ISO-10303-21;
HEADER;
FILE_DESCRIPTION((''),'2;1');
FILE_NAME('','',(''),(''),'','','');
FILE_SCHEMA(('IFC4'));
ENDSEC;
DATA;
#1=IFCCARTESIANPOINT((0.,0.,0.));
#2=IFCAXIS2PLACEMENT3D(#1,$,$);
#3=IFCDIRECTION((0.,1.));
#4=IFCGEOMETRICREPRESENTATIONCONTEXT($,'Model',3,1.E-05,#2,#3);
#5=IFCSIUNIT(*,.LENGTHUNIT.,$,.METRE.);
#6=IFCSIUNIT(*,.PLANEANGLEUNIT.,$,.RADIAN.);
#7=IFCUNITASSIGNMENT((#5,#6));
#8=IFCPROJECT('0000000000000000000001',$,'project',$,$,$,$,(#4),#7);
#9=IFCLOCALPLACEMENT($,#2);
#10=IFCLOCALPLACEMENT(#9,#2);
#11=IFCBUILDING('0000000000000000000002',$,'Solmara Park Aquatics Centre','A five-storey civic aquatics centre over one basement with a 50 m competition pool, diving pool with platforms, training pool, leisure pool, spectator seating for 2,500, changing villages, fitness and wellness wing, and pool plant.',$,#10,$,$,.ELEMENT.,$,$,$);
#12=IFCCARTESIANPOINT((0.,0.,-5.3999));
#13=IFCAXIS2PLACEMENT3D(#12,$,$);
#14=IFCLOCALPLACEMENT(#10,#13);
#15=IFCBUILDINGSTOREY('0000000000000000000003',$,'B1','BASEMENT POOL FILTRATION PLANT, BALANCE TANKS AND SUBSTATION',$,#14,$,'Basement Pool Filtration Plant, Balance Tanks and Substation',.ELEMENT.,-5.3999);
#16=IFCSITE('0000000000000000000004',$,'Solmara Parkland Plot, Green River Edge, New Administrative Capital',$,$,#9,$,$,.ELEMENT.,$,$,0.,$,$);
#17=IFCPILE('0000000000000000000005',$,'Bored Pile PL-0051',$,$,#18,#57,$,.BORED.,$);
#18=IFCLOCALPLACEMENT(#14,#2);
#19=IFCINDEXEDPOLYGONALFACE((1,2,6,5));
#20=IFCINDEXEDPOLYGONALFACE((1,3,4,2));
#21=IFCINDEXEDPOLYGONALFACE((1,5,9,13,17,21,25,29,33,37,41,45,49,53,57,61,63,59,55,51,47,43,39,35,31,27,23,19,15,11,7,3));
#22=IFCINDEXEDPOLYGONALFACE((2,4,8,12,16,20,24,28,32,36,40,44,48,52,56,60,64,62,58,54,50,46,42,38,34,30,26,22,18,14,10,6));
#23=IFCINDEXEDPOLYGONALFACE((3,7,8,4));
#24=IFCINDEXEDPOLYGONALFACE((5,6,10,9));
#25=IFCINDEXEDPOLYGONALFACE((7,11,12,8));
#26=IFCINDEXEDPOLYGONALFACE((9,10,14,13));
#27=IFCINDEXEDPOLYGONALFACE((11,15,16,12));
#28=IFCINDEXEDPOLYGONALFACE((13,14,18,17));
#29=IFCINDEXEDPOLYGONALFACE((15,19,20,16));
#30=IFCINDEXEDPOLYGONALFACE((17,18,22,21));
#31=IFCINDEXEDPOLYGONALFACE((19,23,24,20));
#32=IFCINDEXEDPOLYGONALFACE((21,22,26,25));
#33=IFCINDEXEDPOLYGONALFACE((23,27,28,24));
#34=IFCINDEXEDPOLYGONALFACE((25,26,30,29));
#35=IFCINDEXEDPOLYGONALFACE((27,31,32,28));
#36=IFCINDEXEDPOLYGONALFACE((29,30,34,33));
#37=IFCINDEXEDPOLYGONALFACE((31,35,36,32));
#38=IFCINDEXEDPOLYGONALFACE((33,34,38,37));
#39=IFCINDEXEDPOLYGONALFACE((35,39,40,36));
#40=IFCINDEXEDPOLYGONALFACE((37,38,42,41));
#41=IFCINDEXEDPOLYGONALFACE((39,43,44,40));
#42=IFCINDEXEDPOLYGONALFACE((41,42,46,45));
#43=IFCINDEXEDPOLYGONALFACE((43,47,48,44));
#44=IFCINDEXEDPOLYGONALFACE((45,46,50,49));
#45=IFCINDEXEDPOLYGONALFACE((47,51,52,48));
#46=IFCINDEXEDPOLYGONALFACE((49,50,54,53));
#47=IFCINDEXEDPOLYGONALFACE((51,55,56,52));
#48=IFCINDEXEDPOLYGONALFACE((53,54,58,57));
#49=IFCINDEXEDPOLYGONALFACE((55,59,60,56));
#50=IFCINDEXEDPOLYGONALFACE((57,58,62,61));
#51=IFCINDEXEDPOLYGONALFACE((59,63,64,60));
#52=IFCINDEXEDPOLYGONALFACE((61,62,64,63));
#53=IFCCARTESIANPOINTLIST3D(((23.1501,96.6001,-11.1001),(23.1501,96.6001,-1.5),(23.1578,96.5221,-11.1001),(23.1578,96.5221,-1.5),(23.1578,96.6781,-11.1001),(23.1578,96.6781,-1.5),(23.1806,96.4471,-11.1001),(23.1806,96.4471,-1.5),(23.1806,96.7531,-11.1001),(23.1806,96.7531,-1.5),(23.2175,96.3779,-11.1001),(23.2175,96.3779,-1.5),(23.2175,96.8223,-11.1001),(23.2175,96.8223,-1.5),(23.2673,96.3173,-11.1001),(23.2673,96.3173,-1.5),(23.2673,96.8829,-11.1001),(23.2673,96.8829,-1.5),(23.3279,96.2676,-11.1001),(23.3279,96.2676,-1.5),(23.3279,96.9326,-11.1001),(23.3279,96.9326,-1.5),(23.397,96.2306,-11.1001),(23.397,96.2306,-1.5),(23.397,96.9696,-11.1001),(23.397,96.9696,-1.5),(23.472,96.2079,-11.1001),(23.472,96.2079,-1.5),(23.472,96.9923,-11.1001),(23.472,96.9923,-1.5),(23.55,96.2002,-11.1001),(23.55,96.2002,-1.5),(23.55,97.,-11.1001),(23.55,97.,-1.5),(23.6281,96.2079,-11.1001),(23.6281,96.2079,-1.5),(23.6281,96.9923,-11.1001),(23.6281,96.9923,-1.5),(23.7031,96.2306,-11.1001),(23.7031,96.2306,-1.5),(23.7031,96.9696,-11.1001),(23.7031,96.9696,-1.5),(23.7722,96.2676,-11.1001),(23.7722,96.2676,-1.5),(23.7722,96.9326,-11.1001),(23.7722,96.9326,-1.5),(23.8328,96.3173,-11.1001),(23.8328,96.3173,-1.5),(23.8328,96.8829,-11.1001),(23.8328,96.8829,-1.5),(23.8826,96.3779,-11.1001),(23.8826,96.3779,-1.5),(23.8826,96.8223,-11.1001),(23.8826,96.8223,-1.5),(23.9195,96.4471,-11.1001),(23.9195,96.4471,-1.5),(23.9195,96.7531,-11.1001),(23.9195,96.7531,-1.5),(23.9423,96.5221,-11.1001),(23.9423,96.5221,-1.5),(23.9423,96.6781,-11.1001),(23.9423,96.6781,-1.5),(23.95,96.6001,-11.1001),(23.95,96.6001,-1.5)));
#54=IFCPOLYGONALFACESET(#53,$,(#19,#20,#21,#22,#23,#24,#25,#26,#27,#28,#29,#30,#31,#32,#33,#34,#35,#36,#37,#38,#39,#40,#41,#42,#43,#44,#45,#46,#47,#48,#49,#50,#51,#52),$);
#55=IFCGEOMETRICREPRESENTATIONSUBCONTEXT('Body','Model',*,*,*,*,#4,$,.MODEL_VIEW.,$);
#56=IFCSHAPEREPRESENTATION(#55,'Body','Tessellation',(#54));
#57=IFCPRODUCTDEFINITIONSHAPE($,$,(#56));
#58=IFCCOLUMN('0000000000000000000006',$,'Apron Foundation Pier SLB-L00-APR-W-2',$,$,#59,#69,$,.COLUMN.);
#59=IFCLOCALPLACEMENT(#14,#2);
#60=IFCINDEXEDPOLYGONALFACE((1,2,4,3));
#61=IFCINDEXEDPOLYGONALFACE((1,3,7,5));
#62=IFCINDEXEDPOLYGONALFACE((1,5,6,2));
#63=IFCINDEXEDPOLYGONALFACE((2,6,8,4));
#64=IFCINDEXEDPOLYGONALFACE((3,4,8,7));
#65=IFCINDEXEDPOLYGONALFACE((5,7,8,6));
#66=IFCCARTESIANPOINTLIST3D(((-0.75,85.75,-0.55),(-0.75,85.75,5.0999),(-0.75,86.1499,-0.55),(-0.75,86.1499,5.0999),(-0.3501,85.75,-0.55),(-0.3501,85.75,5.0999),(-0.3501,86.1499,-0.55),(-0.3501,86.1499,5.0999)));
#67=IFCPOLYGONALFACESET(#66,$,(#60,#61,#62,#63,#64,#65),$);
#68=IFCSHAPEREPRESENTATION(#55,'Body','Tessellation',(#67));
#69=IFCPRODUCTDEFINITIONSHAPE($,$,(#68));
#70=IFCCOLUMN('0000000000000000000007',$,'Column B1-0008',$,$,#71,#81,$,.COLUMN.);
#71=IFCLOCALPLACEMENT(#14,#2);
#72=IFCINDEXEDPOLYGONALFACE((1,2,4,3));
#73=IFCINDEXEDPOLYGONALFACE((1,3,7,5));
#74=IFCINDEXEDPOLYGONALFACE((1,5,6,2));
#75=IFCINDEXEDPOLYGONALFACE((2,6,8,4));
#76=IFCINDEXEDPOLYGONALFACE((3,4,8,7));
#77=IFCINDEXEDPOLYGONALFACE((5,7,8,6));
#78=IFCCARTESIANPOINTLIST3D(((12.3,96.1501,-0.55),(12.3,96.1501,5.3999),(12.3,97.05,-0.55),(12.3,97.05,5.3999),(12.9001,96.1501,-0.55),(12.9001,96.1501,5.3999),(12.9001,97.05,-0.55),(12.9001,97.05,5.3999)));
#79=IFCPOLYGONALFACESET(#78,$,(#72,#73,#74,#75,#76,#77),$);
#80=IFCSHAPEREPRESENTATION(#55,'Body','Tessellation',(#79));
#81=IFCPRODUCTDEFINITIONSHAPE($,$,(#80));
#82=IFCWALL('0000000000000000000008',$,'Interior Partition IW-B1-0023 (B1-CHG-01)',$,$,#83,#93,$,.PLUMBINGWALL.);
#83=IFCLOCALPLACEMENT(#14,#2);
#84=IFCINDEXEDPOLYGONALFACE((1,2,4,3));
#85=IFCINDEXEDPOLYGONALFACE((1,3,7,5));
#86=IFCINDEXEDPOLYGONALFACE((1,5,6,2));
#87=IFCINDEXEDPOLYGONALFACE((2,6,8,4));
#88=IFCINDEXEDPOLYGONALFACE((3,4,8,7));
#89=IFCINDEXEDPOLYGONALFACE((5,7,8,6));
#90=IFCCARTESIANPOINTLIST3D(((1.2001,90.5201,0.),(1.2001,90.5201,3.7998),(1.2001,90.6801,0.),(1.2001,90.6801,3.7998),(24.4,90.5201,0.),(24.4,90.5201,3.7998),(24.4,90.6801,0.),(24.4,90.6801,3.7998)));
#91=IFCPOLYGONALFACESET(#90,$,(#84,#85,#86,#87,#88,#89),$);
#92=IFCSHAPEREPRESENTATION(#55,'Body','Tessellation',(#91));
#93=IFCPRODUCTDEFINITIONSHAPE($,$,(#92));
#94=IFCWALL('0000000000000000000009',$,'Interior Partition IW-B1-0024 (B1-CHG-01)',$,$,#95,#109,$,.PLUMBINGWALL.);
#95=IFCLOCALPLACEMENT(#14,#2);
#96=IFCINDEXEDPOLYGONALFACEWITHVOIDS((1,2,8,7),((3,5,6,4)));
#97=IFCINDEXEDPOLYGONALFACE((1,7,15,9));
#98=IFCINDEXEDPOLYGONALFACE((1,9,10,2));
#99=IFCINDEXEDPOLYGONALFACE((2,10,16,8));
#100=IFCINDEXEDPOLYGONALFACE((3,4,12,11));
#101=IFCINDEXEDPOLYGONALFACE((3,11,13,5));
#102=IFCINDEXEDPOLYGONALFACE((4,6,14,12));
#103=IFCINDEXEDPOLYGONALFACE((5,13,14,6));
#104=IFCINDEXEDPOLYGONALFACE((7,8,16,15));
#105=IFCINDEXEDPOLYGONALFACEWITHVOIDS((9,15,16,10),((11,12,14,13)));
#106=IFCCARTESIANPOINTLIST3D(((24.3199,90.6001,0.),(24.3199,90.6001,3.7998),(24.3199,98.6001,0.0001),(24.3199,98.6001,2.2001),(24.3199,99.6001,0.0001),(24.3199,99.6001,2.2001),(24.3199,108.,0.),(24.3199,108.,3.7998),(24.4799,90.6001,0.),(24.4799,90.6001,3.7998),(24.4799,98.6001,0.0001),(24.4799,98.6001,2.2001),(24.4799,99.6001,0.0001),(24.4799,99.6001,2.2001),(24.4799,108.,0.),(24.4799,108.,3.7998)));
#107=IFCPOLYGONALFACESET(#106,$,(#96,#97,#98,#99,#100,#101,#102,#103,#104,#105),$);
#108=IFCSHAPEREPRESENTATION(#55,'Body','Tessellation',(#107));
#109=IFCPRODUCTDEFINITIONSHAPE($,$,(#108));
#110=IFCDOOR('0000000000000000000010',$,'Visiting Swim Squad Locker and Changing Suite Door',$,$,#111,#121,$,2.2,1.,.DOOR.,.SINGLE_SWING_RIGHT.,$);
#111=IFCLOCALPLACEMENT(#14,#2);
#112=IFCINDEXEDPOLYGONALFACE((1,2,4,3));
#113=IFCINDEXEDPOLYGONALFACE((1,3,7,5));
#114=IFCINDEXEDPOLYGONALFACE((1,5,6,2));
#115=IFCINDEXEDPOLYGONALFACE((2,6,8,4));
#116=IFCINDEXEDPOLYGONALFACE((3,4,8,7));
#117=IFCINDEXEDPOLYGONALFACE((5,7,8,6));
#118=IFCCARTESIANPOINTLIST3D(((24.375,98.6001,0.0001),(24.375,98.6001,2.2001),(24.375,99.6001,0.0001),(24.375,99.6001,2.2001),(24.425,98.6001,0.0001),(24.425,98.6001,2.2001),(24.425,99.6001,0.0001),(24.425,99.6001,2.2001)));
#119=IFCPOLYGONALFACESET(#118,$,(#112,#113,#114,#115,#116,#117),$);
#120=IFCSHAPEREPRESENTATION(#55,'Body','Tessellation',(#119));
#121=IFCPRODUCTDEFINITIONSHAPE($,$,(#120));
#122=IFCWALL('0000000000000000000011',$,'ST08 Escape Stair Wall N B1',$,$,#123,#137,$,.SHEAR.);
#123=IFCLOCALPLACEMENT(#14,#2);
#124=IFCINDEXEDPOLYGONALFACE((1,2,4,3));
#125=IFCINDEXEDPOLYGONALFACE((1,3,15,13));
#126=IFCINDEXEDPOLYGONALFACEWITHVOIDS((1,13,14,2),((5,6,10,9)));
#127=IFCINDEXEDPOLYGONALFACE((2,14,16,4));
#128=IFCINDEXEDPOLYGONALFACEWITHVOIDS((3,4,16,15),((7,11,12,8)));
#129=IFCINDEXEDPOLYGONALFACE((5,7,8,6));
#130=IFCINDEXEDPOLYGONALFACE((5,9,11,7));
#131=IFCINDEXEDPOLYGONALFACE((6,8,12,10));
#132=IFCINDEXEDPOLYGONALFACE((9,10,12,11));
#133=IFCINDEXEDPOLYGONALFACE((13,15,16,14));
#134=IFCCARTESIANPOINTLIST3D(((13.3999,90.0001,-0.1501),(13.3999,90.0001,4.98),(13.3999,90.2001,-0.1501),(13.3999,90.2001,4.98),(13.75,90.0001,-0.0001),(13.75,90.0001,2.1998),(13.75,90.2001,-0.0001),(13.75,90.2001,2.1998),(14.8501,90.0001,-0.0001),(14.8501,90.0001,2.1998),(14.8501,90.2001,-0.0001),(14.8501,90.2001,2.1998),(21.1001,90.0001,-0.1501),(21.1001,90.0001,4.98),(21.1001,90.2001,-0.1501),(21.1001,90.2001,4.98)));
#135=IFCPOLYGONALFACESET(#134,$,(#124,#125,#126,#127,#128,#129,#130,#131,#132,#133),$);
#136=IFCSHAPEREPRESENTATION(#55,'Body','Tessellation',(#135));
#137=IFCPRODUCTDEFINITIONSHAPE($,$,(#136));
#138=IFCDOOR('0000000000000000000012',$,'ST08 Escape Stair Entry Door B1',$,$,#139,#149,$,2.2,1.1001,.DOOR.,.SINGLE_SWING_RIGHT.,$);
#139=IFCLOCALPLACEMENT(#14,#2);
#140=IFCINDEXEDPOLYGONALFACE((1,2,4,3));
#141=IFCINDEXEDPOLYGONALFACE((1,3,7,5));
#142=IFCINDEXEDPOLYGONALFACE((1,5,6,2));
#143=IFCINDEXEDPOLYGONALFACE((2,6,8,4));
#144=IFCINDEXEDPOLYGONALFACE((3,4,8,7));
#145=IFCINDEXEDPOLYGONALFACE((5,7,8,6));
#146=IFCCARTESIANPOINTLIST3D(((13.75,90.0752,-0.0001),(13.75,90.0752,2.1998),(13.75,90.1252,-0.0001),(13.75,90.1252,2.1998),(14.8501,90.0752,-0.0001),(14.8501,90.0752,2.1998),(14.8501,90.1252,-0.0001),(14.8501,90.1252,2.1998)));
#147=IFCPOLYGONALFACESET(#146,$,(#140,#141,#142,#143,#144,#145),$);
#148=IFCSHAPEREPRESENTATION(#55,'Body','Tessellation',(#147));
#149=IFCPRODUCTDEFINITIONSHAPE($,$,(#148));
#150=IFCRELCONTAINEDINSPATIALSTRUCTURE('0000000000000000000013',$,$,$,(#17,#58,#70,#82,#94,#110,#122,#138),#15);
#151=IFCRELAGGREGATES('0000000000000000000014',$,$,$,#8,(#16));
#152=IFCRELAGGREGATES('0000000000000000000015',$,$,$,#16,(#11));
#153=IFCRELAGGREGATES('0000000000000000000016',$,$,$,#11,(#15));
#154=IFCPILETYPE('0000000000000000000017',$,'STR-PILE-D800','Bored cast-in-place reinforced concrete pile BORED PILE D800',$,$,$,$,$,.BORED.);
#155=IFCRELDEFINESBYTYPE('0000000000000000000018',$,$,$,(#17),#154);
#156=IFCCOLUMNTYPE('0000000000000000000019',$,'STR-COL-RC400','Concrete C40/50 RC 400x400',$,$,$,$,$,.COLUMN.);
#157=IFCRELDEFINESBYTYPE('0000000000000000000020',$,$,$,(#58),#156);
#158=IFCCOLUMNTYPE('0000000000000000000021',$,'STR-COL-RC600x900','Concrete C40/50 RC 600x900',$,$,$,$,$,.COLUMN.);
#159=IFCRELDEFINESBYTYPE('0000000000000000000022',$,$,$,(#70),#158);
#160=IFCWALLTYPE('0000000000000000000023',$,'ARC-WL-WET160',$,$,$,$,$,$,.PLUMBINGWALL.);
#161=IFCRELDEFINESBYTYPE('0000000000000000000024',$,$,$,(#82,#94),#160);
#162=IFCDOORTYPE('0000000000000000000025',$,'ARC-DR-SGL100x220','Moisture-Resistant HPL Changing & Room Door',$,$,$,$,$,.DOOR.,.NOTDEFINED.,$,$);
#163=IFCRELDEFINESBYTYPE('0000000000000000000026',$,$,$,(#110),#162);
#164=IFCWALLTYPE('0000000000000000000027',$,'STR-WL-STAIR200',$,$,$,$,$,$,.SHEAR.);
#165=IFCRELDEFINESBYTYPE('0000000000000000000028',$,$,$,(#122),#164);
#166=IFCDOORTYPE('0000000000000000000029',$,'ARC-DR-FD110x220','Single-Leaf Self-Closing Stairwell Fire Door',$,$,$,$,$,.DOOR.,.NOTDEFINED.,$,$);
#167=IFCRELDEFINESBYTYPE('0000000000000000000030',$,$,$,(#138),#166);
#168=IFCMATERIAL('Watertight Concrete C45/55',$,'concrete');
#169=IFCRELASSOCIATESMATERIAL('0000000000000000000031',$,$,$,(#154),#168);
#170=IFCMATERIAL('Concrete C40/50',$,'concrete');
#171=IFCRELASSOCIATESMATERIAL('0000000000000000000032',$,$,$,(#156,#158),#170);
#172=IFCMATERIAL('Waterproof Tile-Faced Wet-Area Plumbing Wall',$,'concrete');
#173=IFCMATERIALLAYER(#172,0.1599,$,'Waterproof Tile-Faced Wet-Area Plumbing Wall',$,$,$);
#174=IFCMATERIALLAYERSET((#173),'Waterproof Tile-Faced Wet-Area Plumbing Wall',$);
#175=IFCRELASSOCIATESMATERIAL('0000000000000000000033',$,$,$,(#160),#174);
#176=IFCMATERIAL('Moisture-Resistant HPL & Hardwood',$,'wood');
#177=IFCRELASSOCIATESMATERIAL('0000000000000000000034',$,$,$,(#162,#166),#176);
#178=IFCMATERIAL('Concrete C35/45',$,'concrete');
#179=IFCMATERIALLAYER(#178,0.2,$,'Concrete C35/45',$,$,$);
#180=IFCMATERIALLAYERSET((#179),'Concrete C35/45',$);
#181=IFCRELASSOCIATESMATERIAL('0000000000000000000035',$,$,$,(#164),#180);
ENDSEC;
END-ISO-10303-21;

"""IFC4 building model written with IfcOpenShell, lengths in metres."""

from ifc_helpers import new_model, si_unit, direction, frame, frame_2d, origin, origin_2d, place, context, subcontext, project, spatial, rectangle, circle, extrude, material, layer, layer_set, material_profile, profile_set, type_object, element, fill, save


model = new_model("IFC4")

# Units and contexts
model_context = context("Model", 3, precision=1e-05, world=origin(), true_north=direction((0.0, 1.0)))
body_context = subcontext(model_context, "Body", "Model", "MODEL_VIEW")
ifc_project = project(units=[si_unit("LENGTHUNIT", "METRE"), si_unit("PLANEANGLEUNIT", "RADIAN")], contexts=[model_context])

# Site, building, storey
site_placement = place(None, origin())
site = spatial("IfcSite", under=ifc_project, at=site_placement, Name="Solmara Parkland Plot, Green River Edge, New Administrative Capital", CompositionType="ELEMENT", RefElevation=0.0)
building_placement = place(site_placement, origin())
building = spatial("IfcBuilding", under=site, at=building_placement, Name="Solmara Park Aquatics Centre", Description="A five-storey civic aquatics centre over one basement with a 50 m competition pool, diving pool with platforms, training pool, leisure pool, spectator seating for 2,500, changing villages, fitness and wellness wing, and pool plant.", CompositionType="ELEMENT")
storey_placement = place(building_placement, frame((0.0, 0.0, -5.3999)))
storey = spatial("IfcBuildingStorey", under=building, at=storey_placement, Name="B1", Description="BASEMENT POOL FILTRATION PLANT, BALANCE TANKS AND SUBSTATION", LongName="Basement Pool Filtration Plant, Balance Tanks and Substation", CompositionType="ELEMENT", Elevation=-5.3999)

# Shared definitions
ifc_material_1 = material(Name="Watertight Concrete C45/55", Category="concrete")

# Pile
ifc_material_profile_1 = material_profile(ifc_material_1, circle(Radius=0.3999, at=origin_2d()), Name="BORED PILE D800")
ifc_profile_set_1 = profile_set([ifc_material_profile_1], Name="Watertight Concrete C45/55")
pile_type_1 = type_object("IfcPileType", Name="STR-PILE-D800", Description="Bored cast-in-place reinforced concrete pile BORED PILE D800", PredefinedType="BORED", material=ifc_profile_set_1)
pile_placement = place(storey_placement, frame((23.55, 96.6001, -1.5), z_axis=(0.0, 0.0, -1.0), x_axis=(1.0, 0.0, 0.0)))
element("IfcPile", 1, at=pile_placement, inside=storey, type_object=pile_type_1, Name="Bored Pile PL-0051", PredefinedType="BORED", context=body_context, shape_type="SweptSolid", body=[
    extrude(circle(Radius=0.3999, at=origin_2d()), origin(), (0.0, 0.0, 1.0), 9.6001),
])

# Columns
ifc_material_2 = material(Name="Concrete C40/50", Category="concrete")
ifc_material_profile_2 = material_profile(ifc_material_2, rectangle(XDim=0.3999, YDim=0.3999, at=origin_2d()), Name="RC 400x400")
ifc_profile_set_2 = profile_set([ifc_material_profile_2], Name="Concrete C40/50")
column_type_1 = type_object("IfcColumnType", Name="STR-COL-RC400", Description="Concrete C40/50 RC 400x400", PredefinedType="COLUMN", material=ifc_profile_set_2)
column_1_placement = place(storey_placement, frame((-0.55, 85.95, -0.55), z_axis=(0.0, 0.0, 1.0), x_axis=(1.0, 0.0, 0.0)))
element("IfcColumn", 2, at=column_1_placement, inside=storey, type_object=column_type_1, Name="Apron Foundation Pier SLB-L00-APR-W-2", PredefinedType="COLUMN", context=body_context, shape_type="SweptSolid", body=[
    extrude(rectangle(XDim=0.3999, YDim=0.3999, at=origin_2d()), origin(), (0.0, 0.0, 1.0), 5.6499),
])
ifc_material_profile_3 = material_profile(ifc_material_2, rectangle(XDim=0.6001, YDim=0.8999, at=origin_2d()), Name="RC 600x900")
ifc_profile_set_3 = profile_set([ifc_material_profile_3], Name="Concrete C40/50")
column_type_2 = type_object("IfcColumnType", Name="STR-COL-RC600x900", Description="Concrete C40/50 RC 600x900", PredefinedType="COLUMN", material=ifc_profile_set_3)
column_2_placement = place(storey_placement, frame((12.6001, 96.6001, -0.55), z_axis=(0.0, 0.0, 1.0), x_axis=(1.0, 0.0, 0.0)))
element("IfcColumn", 3, at=column_2_placement, inside=storey, type_object=column_type_2, Name="Column B1-0008", PredefinedType="COLUMN", context=body_context, shape_type="SweptSolid", body=[
    extrude(rectangle(XDim=0.6001, YDim=0.8999, at=origin_2d()), origin(), (0.0, 0.0, 1.0), 5.95),
])

# Wall
ifc_material_3 = material(Name="Waterproof Tile-Faced Wet-Area Plumbing Wall", Category="concrete")
ifc_layer_1 = layer(ifc_material_3, 0.1599, Name="Waterproof Tile-Faced Wet-Area Plumbing Wall")
ifc_layer_set_1 = layer_set([ifc_layer_1], Name="Waterproof Tile-Faced Wet-Area Plumbing Wall")
wall_type_1 = type_object("IfcWallType", Name="ARC-WL-WET160", PredefinedType="PLUMBINGWALL", material=ifc_layer_set_1)
wall_1_placement = place(storey_placement, frame((1.2, 90.6001, 0.0), z_axis=(0.0, 0.0, 1.0), x_axis=(1.0, 0.0, 0.0)))
element("IfcWall", 4, at=wall_1_placement, inside=storey, type_object=wall_type_1, Name="Interior Partition IW-B1-0023 (B1-CHG-01)", PredefinedType="PLUMBINGWALL", context=body_context, shape_type="SweptSolid", body=[
    extrude(rectangle(XDim=23.2, YDim=0.1599, at=frame_2d((11.6001, 0.0))), origin(), (0.0, 0.0, 1.0), 3.7998),
])

# Walls, openings, doors
wall_2_placement = place(storey_placement, frame((24.3999, 90.6001, 0.0), z_axis=(0.0, 0.0, 1.0), x_axis=(0.0, 1.0, 0.0)))
wall_2 = element("IfcWall", 5, at=wall_2_placement, inside=storey, type_object=wall_type_1, Name="Interior Partition IW-B1-0024 (B1-CHG-01)", PredefinedType="PLUMBINGWALL", context=body_context, shape_type="SweptSolid", body=[
    extrude(rectangle(XDim=17.3999, YDim=0.1599, at=frame_2d((8.7, 0.0))), origin(), (0.0, 0.0, 1.0), 3.7998),
])
opening_1_placement = place(wall_2_placement, frame((8.0, 0.0, 0.0)))
opening_1 = element("IfcOpeningElement", 6, at=opening_1_placement, cuts=wall_2, PredefinedType="OPENING", context=body_context, shape_type="SweptSolid", body=[
    extrude(rectangle(XDim=1.0, YDim=2.2, at=frame_2d((0.5, 1.1001))), frame((0.0, 0.0898, 0.0), z_axis=(0.0, -1.0, 0.0), x_axis=(1.0, 0.0, 0.0)), (0.0, 0.0, 1.0), 0.1799),
])
ifc_material_4 = material(Name="Moisture-Resistant HPL & Hardwood", Category="wood")
door_type_1 = type_object("IfcDoorType", Name="ARC-DR-SGL100x220", Description="Moisture-Resistant HPL Changing & Room Door", OperationType="NOTDEFINED", PredefinedType="DOOR", material=ifc_material_4)
door_1_placement = place(opening_1_placement, origin())
door_1 = element("IfcDoor", 7, at=door_1_placement, inside=storey, type_object=door_type_1, Name="Visiting Swim Squad Locker and Changing Suite Door", OperationType="SINGLE_SWING_RIGHT", OverallHeight=2.2, OverallWidth=1.0, PredefinedType="DOOR", context=body_context, shape_type="SweptSolid", body=[
    extrude(rectangle(XDim=1.0, YDim=2.2, at=frame_2d((0.5, 1.1001))), frame((0.0, 0.0249, 0.0), z_axis=(0.0, -1.0, 0.0), x_axis=(1.0, 0.0, 0.0)), (0.0, 0.0, 1.0), 0.05),
])
fill(opening_1, door_1)
ifc_material_5 = material(Name="Concrete C35/45", Category="concrete")
ifc_layer_2 = layer(ifc_material_5, 0.2, Name="Concrete C35/45")
ifc_layer_set_2 = layer_set([ifc_layer_2], Name="Concrete C35/45")
wall_type_2 = type_object("IfcWallType", Name="STR-WL-STAIR200", PredefinedType="SHEAR", material=ifc_layer_set_2)
wall_3_placement = place(storey_placement, frame((13.3999, 90.1001, -0.1501), z_axis=(0.0, 0.0, 1.0), x_axis=(1.0, 0.0, 0.0)))
wall_3 = element("IfcWall", 8, at=wall_3_placement, inside=storey, type_object=wall_type_2, Name="ST08 Escape Stair Wall N B1", PredefinedType="SHEAR", context=body_context, shape_type="SweptSolid", body=[
    extrude(rectangle(XDim=7.7002, YDim=0.2, at=frame_2d((3.8501, 0.0))), origin(), (0.0, 0.0, 1.0), 5.1301),
])
opening_2_placement = place(wall_3_placement, frame((0.3501, 0.0, 0.1499)))
opening_2 = element("IfcOpeningElement", 9, at=opening_2_placement, cuts=wall_3, PredefinedType="OPENING", context=body_context, shape_type="SweptSolid", body=[
    extrude(rectangle(XDim=1.1001, YDim=2.2, at=frame_2d((0.55, 1.1001))), frame((0.0, 0.1099, 0.0), z_axis=(0.0, -1.0, 0.0), x_axis=(1.0, 0.0, 0.0)), (0.0, 0.0, 1.0), 0.22),
])
door_type_2 = type_object("IfcDoorType", Name="ARC-DR-FD110x220", Description="Single-Leaf Self-Closing Stairwell Fire Door", OperationType="NOTDEFINED", PredefinedType="DOOR", material=ifc_material_4)
door_2_placement = place(opening_2_placement, frame((1.1001, 0.0, 0.0), z_axis=(0.0, 0.0, 1.0), x_axis=(-1.0, 0.0, 0.0)))
door_2 = element("IfcDoor", 10, at=door_2_placement, inside=storey, type_object=door_type_2, Name="ST08 Escape Stair Entry Door B1", OperationType="SINGLE_SWING_RIGHT", OverallHeight=2.2, OverallWidth=1.1001, PredefinedType="DOOR", context=body_context, shape_type="SweptSolid", body=[
    extrude(rectangle(XDim=1.1001, YDim=2.2, at=frame_2d((0.55, 1.1001))), frame((0.0, 0.0249, 0.0), z_axis=(0.0, -1.0, 0.0), x_axis=(1.0, 0.0, 0.0)), (0.0, 0.0, 1.0), 0.05),
])
fill(opening_2, door_2)

save(model, "model.ifc")
